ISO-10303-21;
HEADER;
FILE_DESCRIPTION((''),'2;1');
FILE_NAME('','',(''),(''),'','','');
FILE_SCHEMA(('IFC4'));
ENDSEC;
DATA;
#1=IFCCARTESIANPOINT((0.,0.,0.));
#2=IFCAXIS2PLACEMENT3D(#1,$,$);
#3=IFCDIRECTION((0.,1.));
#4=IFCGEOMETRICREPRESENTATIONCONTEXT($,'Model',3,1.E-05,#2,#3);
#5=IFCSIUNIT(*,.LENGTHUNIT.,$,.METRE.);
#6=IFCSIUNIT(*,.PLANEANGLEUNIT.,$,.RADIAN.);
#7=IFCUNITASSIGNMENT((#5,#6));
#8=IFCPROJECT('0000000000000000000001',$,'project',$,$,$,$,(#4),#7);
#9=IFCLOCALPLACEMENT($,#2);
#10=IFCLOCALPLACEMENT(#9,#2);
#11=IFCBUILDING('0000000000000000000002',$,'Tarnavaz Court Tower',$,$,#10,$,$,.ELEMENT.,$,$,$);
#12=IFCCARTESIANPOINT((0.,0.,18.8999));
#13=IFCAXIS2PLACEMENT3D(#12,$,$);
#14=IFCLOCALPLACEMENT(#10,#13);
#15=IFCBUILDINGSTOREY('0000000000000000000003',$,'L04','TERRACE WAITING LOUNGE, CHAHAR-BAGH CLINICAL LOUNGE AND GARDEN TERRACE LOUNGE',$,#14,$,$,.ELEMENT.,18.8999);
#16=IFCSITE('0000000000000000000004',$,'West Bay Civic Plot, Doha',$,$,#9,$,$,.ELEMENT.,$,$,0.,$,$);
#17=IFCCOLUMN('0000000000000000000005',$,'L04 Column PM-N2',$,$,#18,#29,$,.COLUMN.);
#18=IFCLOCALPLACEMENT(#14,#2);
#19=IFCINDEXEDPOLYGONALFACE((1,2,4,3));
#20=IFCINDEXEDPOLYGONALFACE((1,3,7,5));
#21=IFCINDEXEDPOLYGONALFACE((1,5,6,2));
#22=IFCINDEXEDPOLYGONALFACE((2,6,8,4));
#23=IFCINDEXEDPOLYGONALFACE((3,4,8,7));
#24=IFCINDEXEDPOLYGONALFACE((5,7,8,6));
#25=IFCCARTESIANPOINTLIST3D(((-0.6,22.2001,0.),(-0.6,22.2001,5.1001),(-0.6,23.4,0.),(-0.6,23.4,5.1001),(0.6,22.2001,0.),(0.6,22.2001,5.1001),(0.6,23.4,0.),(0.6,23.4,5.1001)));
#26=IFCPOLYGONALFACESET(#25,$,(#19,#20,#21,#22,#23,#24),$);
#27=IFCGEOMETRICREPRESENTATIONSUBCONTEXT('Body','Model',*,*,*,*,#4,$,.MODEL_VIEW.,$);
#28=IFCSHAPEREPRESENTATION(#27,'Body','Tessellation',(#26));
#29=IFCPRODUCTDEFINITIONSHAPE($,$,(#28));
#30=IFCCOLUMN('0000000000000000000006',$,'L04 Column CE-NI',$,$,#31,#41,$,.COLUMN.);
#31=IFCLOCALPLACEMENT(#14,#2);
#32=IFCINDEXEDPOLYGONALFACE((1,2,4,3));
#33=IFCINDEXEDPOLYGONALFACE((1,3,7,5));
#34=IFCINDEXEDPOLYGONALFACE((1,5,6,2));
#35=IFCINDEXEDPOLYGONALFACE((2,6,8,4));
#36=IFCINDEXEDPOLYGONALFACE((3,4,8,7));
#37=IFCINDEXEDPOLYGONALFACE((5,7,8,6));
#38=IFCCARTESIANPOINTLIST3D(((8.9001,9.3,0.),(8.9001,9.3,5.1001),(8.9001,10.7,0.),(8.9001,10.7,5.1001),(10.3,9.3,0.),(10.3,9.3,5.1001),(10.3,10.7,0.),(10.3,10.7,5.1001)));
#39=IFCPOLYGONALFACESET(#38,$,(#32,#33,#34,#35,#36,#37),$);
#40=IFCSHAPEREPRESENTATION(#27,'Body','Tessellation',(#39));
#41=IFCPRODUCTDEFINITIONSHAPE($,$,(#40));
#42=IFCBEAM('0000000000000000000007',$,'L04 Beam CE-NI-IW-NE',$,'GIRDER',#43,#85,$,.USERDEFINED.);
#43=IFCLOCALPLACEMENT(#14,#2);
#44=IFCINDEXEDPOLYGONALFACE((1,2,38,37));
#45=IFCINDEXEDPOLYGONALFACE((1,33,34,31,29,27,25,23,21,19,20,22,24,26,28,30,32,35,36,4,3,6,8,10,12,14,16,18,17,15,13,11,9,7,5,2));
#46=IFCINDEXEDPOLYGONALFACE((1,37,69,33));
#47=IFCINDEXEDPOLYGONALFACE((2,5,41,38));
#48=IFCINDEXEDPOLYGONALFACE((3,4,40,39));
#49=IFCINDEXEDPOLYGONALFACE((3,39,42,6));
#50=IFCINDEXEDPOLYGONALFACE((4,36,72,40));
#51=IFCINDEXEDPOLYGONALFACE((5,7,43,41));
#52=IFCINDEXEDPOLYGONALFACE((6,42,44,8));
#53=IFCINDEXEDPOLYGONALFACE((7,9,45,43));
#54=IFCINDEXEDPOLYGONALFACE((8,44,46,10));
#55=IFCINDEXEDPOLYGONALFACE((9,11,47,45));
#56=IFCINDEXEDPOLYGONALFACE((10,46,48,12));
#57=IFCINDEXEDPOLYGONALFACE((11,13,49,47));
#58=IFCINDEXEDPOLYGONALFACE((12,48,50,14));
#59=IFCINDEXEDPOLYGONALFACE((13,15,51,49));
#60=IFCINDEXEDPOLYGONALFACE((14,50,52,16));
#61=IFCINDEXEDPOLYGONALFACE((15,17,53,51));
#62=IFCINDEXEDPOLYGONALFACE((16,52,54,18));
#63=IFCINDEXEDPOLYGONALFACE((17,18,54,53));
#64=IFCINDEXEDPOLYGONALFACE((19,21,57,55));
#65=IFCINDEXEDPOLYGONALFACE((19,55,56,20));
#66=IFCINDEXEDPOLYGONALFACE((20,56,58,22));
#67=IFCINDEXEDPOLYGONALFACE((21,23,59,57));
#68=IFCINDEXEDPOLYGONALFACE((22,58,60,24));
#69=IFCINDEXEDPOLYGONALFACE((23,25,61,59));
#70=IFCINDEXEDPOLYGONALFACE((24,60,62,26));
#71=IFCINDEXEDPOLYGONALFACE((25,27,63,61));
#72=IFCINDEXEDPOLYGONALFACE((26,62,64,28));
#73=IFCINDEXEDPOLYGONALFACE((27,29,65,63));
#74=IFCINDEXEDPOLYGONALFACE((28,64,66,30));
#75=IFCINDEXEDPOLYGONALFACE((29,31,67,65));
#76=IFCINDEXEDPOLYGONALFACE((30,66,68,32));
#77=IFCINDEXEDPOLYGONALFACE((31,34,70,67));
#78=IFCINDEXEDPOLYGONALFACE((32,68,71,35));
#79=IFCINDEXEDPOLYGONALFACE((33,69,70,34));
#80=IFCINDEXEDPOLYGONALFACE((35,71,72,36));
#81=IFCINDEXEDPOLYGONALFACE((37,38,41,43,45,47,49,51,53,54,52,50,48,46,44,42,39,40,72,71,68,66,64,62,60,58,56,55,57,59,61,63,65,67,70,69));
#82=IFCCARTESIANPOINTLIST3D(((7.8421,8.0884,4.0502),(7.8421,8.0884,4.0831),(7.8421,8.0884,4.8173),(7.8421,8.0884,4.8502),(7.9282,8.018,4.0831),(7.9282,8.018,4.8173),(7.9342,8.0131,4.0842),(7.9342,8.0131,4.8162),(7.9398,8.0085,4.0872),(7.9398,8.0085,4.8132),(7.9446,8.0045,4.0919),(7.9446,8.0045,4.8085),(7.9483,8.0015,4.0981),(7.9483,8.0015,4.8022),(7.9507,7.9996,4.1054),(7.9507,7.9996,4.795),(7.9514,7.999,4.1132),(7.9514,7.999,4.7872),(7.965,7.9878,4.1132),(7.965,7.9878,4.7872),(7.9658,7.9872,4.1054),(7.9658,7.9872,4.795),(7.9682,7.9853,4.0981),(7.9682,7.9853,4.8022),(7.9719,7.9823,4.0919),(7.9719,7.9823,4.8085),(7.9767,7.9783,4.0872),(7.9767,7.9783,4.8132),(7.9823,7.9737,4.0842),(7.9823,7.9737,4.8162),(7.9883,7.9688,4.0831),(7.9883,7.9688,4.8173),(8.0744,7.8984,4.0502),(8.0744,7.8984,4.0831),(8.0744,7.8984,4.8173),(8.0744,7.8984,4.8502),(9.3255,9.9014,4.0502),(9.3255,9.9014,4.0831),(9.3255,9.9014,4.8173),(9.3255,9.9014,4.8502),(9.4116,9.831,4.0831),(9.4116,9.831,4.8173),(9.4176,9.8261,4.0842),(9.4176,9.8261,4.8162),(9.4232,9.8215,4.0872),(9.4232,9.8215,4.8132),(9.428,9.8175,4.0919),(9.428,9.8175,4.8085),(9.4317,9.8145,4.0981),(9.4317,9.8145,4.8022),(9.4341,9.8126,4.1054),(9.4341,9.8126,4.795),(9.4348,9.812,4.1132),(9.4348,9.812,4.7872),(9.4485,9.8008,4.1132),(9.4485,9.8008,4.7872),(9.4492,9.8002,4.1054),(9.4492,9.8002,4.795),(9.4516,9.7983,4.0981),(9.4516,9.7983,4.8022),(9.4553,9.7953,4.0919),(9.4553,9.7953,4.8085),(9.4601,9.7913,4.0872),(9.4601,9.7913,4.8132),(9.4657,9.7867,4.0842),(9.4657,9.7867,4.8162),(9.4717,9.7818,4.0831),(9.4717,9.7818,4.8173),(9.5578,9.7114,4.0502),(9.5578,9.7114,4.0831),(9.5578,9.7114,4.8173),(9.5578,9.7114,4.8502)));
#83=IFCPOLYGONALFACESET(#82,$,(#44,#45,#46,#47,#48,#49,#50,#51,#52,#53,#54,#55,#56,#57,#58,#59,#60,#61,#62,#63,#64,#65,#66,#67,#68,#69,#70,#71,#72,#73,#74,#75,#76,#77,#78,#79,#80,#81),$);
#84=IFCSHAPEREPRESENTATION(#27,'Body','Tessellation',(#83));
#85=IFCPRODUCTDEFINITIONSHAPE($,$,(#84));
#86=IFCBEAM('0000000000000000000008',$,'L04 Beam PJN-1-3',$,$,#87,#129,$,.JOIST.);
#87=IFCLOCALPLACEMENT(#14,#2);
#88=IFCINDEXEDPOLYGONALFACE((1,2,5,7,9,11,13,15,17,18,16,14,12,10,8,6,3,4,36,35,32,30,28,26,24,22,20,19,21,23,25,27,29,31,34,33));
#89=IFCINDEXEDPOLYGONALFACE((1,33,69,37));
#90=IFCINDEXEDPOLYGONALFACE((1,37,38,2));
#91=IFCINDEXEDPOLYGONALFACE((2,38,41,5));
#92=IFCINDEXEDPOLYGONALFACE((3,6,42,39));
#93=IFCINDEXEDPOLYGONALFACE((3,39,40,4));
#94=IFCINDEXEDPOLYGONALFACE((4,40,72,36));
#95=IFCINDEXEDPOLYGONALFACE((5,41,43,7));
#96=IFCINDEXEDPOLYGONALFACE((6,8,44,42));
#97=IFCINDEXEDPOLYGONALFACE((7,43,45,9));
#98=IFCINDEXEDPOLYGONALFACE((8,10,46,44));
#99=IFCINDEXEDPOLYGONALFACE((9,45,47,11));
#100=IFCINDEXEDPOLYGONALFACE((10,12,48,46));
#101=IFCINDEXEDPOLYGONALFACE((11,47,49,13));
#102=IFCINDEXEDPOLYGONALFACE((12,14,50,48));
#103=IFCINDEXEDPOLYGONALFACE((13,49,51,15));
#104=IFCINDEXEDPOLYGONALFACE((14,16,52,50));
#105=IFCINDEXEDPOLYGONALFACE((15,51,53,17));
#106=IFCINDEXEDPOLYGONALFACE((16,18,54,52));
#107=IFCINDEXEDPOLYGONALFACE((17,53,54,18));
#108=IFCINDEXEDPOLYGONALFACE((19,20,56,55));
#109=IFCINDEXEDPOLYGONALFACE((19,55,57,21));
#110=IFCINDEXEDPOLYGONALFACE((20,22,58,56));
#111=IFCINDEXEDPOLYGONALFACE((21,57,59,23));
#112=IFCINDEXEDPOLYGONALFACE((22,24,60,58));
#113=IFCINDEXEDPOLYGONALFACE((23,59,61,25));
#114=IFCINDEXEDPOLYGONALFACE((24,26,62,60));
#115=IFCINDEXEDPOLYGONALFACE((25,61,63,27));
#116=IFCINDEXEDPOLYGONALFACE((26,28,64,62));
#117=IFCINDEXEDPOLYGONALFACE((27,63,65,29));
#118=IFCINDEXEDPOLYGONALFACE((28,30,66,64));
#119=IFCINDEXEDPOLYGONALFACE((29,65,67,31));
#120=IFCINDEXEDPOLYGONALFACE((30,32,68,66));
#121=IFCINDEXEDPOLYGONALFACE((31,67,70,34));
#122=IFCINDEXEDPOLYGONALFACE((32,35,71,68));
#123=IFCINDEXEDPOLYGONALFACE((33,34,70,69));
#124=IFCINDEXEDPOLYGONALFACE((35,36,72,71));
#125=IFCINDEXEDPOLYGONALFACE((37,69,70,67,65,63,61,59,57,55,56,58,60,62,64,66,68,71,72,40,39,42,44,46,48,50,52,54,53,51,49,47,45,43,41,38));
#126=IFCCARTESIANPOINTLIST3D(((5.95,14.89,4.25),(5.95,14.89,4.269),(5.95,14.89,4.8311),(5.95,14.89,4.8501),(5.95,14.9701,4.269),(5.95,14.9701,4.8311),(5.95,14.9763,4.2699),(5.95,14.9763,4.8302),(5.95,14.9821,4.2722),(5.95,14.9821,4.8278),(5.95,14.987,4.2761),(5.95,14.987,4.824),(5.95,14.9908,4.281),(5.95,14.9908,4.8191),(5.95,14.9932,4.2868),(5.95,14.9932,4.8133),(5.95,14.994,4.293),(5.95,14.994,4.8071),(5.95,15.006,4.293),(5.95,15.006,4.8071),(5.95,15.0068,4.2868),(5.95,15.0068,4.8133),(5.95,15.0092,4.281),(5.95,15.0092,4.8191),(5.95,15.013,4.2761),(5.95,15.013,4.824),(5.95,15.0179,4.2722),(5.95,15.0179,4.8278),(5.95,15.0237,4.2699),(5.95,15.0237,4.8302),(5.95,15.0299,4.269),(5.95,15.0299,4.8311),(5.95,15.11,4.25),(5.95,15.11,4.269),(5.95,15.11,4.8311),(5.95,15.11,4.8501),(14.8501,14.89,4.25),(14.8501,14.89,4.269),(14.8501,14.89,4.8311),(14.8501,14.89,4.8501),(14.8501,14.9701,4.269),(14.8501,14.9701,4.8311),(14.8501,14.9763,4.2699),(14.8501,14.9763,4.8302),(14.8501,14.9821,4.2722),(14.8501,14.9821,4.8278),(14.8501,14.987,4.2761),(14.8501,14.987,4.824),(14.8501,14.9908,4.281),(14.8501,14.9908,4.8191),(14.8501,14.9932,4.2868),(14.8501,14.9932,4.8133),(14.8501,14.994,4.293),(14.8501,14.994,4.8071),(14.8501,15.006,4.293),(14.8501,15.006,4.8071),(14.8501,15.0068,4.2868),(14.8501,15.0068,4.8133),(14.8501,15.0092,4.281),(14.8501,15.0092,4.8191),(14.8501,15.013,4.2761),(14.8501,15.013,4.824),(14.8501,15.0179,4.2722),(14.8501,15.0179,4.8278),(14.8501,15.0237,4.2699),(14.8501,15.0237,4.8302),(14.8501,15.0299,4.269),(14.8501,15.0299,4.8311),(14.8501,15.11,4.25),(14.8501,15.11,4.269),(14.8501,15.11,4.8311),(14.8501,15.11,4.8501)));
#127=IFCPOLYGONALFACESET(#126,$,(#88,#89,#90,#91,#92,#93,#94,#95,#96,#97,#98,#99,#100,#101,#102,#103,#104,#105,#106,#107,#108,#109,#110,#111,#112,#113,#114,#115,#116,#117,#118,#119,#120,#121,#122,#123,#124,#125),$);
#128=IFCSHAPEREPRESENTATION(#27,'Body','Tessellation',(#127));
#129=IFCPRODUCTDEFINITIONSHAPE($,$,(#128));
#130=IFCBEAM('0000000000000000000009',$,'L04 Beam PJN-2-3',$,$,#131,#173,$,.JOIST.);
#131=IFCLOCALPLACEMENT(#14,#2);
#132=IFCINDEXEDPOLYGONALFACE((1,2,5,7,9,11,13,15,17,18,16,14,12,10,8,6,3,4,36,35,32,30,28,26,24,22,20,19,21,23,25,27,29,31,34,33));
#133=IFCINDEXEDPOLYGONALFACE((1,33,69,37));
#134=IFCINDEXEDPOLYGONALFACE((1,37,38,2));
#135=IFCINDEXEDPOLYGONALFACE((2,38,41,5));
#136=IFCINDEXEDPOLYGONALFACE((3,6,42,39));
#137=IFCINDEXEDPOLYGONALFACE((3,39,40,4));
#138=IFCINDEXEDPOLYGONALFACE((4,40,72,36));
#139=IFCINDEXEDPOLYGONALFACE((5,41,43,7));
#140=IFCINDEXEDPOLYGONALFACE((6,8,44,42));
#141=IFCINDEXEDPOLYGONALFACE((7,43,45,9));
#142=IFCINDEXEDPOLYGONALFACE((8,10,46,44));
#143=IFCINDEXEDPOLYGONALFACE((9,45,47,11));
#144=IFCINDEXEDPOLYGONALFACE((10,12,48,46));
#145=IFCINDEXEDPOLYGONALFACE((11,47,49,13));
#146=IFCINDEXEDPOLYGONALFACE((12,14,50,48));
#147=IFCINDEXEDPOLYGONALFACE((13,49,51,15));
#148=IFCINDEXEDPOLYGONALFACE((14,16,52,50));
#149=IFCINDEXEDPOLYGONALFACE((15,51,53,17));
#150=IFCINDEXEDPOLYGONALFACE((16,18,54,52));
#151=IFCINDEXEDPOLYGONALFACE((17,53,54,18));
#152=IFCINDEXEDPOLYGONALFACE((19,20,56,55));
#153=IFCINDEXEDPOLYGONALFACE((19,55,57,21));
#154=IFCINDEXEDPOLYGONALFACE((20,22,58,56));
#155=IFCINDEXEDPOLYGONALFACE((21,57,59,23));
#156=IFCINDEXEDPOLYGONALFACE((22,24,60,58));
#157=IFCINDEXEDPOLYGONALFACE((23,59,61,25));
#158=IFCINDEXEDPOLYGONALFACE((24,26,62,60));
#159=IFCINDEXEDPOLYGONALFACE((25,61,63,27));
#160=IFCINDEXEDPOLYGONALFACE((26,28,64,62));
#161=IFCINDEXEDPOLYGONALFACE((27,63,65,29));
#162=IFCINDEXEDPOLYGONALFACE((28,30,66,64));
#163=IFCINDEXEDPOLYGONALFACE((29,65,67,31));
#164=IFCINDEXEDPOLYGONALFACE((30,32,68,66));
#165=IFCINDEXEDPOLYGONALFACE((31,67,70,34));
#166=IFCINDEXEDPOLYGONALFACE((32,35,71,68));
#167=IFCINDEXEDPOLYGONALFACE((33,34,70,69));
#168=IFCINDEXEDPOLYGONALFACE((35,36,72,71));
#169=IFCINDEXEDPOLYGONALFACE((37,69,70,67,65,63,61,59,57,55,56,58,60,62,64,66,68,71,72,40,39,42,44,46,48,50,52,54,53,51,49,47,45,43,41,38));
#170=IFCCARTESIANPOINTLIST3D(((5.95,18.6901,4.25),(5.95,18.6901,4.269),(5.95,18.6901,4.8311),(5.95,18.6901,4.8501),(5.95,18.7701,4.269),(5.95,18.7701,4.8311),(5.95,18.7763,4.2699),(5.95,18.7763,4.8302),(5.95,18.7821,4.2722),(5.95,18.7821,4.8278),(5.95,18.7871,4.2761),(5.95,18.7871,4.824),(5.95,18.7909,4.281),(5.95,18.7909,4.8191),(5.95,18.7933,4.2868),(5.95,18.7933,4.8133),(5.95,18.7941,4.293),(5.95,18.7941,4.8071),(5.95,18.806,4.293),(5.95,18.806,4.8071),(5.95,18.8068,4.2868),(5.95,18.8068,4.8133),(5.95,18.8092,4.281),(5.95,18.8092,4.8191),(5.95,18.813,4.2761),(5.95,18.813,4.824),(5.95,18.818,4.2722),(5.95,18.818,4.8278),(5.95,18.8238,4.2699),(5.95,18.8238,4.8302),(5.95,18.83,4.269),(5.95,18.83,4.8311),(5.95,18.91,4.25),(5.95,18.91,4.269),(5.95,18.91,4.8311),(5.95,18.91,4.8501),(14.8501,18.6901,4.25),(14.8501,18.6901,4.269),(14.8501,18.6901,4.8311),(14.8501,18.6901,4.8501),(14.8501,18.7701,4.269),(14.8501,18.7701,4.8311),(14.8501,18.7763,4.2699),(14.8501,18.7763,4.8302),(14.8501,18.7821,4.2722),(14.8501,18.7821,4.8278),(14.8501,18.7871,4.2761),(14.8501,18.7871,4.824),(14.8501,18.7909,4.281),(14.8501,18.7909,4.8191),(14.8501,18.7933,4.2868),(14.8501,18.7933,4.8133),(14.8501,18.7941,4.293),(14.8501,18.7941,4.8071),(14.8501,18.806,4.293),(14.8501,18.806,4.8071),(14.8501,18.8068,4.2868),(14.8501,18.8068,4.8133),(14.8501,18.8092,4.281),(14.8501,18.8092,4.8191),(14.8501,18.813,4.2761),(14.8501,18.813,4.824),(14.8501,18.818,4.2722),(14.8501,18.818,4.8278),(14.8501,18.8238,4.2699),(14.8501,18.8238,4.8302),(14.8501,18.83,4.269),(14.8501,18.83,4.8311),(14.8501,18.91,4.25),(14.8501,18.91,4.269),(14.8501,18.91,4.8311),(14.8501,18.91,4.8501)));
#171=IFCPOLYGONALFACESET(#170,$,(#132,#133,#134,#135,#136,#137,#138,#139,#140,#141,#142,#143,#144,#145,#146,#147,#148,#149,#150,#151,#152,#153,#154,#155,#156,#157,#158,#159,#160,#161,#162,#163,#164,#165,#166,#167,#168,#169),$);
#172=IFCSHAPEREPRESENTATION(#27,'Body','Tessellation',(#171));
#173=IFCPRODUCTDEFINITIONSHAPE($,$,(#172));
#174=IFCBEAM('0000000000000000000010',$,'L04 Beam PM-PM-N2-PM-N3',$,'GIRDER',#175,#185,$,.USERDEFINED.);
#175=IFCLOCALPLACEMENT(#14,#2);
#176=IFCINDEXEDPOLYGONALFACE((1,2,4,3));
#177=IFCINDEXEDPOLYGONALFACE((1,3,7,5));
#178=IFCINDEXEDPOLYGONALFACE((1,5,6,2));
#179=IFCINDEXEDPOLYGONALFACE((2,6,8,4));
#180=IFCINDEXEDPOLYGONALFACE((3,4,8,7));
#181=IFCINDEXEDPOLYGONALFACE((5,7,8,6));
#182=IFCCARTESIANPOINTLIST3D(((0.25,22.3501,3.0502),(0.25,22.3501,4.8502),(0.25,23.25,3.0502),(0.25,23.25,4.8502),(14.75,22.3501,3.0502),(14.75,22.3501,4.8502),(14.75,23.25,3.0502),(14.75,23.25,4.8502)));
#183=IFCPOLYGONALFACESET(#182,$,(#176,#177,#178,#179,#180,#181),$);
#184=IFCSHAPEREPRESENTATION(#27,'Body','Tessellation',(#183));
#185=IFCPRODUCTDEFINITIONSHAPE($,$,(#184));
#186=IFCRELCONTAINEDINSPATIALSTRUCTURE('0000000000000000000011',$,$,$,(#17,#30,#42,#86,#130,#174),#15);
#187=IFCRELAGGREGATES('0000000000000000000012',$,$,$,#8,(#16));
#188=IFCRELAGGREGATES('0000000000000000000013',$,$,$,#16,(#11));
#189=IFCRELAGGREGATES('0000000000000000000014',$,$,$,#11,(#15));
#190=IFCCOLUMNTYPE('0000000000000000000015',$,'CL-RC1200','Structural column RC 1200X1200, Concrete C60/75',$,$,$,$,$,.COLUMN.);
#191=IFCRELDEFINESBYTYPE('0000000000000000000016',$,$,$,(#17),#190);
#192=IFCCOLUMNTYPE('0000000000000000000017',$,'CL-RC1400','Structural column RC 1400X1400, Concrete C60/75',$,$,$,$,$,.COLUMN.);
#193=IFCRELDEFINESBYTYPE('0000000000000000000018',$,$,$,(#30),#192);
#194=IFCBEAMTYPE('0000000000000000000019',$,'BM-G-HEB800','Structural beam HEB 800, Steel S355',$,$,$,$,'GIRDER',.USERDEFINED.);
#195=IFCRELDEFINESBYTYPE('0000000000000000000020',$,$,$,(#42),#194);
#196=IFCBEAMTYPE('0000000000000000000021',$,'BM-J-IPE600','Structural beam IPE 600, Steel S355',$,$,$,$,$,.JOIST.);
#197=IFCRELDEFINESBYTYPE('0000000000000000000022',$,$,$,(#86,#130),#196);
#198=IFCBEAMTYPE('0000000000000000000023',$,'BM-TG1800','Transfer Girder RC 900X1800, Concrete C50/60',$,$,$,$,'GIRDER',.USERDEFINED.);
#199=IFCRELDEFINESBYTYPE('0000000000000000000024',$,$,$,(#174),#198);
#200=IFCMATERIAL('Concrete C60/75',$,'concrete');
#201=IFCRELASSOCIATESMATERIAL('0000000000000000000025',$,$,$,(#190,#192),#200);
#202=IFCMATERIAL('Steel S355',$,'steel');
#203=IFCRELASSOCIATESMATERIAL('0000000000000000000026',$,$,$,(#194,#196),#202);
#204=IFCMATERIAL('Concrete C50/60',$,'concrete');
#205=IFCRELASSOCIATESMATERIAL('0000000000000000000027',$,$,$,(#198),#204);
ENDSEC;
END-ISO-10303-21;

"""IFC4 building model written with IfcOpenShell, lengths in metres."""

from ifc_helpers import new_model, si_unit, direction, frame, origin, origin_2d, place, context, subcontext, project, spatial, rectangle, i_section, extrude, material, material_profile, profile_set, type_object, element, save


model = new_model("IFC4")

# Units and contexts
model_context = context("Model", 3, precision=1e-05, world=origin(), true_north=direction((0.0, 1.0)))
body_context = subcontext(model_context, "Body", "Model", "MODEL_VIEW")
ifc_project = project(units=[si_unit("LENGTHUNIT", "METRE"), si_unit("PLANEANGLEUNIT", "RADIAN")], contexts=[model_context])

# Site, building, storey
site_placement = place(None, origin())
site = spatial("IfcSite", under=ifc_project, at=site_placement, Name="West Bay Civic Plot, Doha", CompositionType="ELEMENT", RefElevation=0.0)
building_placement = place(site_placement, origin())
building = spatial("IfcBuilding", under=site, at=building_placement, Name="Tarnavaz Court Tower", CompositionType="ELEMENT")
storey_placement = place(building_placement, frame((0.0, 0.0, 18.8999)))
storey = spatial("IfcBuildingStorey", under=building, at=storey_placement, Name="L04", Description="TERRACE WAITING LOUNGE, CHAHAR-BAGH CLINICAL LOUNGE AND GARDEN TERRACE LOUNGE", CompositionType="ELEMENT", Elevation=18.8999)

# Columns
ifc_material_1 = material(Name="Concrete C60/75", Category="concrete")
ifc_material_profile_1 = material_profile(ifc_material_1, rectangle(XDim=1.2, YDim=1.2, at=origin_2d()), Name="RC 1200X1200")
ifc_profile_set_1 = profile_set([ifc_material_profile_1], Name="Concrete C60/75")
column_type_1 = type_object("IfcColumnType", Name="CL-RC1200", Description="Structural column RC 1200X1200, Concrete C60/75", PredefinedType="COLUMN", material=ifc_profile_set_1)
column_1_placement = place(storey_placement, frame((0.0, 22.8, 0.0), z_axis=(0.0, 0.0, 1.0), x_axis=(1.0, 0.0, 0.0)))
element("IfcColumn", 1, at=column_1_placement, inside=storey, type_object=column_type_1, Name="L04 Column PM-N2", PredefinedType="COLUMN", context=body_context, shape_type="SweptSolid", body=[
    extrude(rectangle(XDim=1.2, YDim=1.2, at=origin_2d()), origin(), (0.0, 0.0, 1.0), 5.1001),
])
ifc_material_profile_2 = material_profile(ifc_material_1, rectangle(XDim=1.3999, YDim=1.3999, at=origin_2d()), Name="RC 1400X1400")
ifc_profile_set_2 = profile_set([ifc_material_profile_2], Name="Concrete C60/75")
column_type_2 = type_object("IfcColumnType", Name="CL-RC1400", Description="Structural column RC 1400X1400, Concrete C60/75", PredefinedType="COLUMN", material=ifc_profile_set_2)
column_2_placement = place(storey_placement, frame((9.6001, 10.0, 0.0), z_axis=(0.0, 0.0, 1.0), x_axis=(1.0, 0.0, 0.0)))
element("IfcColumn", 2, at=column_2_placement, inside=storey, type_object=column_type_2, Name="L04 Column CE-NI", PredefinedType="COLUMN", context=body_context, shape_type="SweptSolid", body=[
    extrude(rectangle(XDim=1.3999, YDim=1.3999, at=origin_2d()), origin(), (0.0, 0.0, 1.0), 5.1001),
])

# Beams
ifc_material_2 = material(Name="Steel S355", Category="steel")
ifc_material_profile_3 = material_profile(ifc_material_2, i_section(OverallWidth=0.3, OverallDepth=0.8, WebThickness=0.0176, FlangeThickness=0.033, FilletRadius=0.03, at=origin_2d()), Name="HEB 800")
ifc_profile_set_3 = profile_set([ifc_material_profile_3], Name="Steel S355")
beam_type_1 = type_object("IfcBeamType", Name="BM-G-HEB800", Description="Structural beam HEB 800, Steel S355", ElementType="GIRDER", PredefinedType="USERDEFINED", material=ifc_profile_set_3)
beam_1_placement = place(storey_placement, frame((9.4417, 9.8064, 4.4502), z_axis=(-0.633249, -0.773948, 0.0), x_axis=(0.773948, -0.633249, 0.0)))
element("IfcBeam", 3, at=beam_1_placement, inside=storey, type_object=beam_type_1, Name="L04 Beam CE-NI-IW-NE", ObjectType="GIRDER", PredefinedType="USERDEFINED", context=body_context, shape_type="SweptSolid", body=[
    extrude(i_section(OverallWidth=0.3, OverallDepth=0.8, WebThickness=0.0176, FlangeThickness=0.033, FilletRadius=0.03, at=origin_2d()), origin(), (0.0, 0.0, 1.0), 2.3425),
])
ifc_material_profile_4 = material_profile(ifc_material_2, i_section(OverallWidth=0.22, OverallDepth=0.6001, WebThickness=0.012, FlangeThickness=0.019, FilletRadius=0.0239, at=origin_2d()), Name="IPE 600")
ifc_profile_set_4 = profile_set([ifc_material_profile_4], Name="Steel S355")
beam_type_2 = type_object("IfcBeamType", Name="BM-J-IPE600", Description="Structural beam IPE 600, Steel S355", PredefinedType="JOIST", material=ifc_profile_set_4)
for number, where, z_axis, x_axis, name in (
    (4, (5.95, 15.0, 4.55), (1.0, 0.0, 0.0), (0.0, 1.0, 0.0), "L04 Beam PJN-1-3"),
    (5, (5.95, 18.8, 4.55), (1.0, 0.0, 0.0), (0.0, 1.0, 0.0), "L04 Beam PJN-2-3"),
):
    element("IfcBeam", number, at=place(storey_placement, frame(where, z_axis=z_axis, x_axis=x_axis)), inside=storey, type_object=beam_type_2, Name=name, PredefinedType="JOIST", context=body_context, shape_type="SweptSolid", body=[
        extrude(i_section(OverallWidth=0.22, OverallDepth=0.6001, WebThickness=0.012, FlangeThickness=0.019, FilletRadius=0.0239, at=origin_2d()), origin(), (0.0, 0.0, 1.0), 8.9001),
    ])
ifc_material_3 = material(Name="Concrete C50/60", Category="concrete")
ifc_material_profile_5 = material_profile(ifc_material_3, rectangle(XDim=0.8999, YDim=1.8, at=origin_2d()), Name="RC 900X1800")
ifc_profile_set_5 = profile_set([ifc_material_profile_5], Name="Concrete C50/60")
beam_type_3 = type_object("IfcBeamType", Name="BM-TG1800", Description="Transfer Girder RC 900X1800, Concrete C50/60", ElementType="GIRDER", PredefinedType="USERDEFINED", material=ifc_profile_set_5)
beam_2_placement = place(storey_placement, frame((0.25, 22.8, 3.9502), z_axis=(1.0, 0.0, 0.0), x_axis=(0.0, 1.0, 0.0)))
element("IfcBeam", 6, at=beam_2_placement, inside=storey, type_object=beam_type_3, Name="L04 Beam PM-PM-N2-PM-N3", ObjectType="GIRDER", PredefinedType="USERDEFINED", context=body_context, shape_type="SweptSolid", body=[
    extrude(rectangle(XDim=0.8999, YDim=1.8, at=origin_2d()), origin(), (0.0, 0.0, 1.0), 14.5),
])

save(model, "model.ifc")
